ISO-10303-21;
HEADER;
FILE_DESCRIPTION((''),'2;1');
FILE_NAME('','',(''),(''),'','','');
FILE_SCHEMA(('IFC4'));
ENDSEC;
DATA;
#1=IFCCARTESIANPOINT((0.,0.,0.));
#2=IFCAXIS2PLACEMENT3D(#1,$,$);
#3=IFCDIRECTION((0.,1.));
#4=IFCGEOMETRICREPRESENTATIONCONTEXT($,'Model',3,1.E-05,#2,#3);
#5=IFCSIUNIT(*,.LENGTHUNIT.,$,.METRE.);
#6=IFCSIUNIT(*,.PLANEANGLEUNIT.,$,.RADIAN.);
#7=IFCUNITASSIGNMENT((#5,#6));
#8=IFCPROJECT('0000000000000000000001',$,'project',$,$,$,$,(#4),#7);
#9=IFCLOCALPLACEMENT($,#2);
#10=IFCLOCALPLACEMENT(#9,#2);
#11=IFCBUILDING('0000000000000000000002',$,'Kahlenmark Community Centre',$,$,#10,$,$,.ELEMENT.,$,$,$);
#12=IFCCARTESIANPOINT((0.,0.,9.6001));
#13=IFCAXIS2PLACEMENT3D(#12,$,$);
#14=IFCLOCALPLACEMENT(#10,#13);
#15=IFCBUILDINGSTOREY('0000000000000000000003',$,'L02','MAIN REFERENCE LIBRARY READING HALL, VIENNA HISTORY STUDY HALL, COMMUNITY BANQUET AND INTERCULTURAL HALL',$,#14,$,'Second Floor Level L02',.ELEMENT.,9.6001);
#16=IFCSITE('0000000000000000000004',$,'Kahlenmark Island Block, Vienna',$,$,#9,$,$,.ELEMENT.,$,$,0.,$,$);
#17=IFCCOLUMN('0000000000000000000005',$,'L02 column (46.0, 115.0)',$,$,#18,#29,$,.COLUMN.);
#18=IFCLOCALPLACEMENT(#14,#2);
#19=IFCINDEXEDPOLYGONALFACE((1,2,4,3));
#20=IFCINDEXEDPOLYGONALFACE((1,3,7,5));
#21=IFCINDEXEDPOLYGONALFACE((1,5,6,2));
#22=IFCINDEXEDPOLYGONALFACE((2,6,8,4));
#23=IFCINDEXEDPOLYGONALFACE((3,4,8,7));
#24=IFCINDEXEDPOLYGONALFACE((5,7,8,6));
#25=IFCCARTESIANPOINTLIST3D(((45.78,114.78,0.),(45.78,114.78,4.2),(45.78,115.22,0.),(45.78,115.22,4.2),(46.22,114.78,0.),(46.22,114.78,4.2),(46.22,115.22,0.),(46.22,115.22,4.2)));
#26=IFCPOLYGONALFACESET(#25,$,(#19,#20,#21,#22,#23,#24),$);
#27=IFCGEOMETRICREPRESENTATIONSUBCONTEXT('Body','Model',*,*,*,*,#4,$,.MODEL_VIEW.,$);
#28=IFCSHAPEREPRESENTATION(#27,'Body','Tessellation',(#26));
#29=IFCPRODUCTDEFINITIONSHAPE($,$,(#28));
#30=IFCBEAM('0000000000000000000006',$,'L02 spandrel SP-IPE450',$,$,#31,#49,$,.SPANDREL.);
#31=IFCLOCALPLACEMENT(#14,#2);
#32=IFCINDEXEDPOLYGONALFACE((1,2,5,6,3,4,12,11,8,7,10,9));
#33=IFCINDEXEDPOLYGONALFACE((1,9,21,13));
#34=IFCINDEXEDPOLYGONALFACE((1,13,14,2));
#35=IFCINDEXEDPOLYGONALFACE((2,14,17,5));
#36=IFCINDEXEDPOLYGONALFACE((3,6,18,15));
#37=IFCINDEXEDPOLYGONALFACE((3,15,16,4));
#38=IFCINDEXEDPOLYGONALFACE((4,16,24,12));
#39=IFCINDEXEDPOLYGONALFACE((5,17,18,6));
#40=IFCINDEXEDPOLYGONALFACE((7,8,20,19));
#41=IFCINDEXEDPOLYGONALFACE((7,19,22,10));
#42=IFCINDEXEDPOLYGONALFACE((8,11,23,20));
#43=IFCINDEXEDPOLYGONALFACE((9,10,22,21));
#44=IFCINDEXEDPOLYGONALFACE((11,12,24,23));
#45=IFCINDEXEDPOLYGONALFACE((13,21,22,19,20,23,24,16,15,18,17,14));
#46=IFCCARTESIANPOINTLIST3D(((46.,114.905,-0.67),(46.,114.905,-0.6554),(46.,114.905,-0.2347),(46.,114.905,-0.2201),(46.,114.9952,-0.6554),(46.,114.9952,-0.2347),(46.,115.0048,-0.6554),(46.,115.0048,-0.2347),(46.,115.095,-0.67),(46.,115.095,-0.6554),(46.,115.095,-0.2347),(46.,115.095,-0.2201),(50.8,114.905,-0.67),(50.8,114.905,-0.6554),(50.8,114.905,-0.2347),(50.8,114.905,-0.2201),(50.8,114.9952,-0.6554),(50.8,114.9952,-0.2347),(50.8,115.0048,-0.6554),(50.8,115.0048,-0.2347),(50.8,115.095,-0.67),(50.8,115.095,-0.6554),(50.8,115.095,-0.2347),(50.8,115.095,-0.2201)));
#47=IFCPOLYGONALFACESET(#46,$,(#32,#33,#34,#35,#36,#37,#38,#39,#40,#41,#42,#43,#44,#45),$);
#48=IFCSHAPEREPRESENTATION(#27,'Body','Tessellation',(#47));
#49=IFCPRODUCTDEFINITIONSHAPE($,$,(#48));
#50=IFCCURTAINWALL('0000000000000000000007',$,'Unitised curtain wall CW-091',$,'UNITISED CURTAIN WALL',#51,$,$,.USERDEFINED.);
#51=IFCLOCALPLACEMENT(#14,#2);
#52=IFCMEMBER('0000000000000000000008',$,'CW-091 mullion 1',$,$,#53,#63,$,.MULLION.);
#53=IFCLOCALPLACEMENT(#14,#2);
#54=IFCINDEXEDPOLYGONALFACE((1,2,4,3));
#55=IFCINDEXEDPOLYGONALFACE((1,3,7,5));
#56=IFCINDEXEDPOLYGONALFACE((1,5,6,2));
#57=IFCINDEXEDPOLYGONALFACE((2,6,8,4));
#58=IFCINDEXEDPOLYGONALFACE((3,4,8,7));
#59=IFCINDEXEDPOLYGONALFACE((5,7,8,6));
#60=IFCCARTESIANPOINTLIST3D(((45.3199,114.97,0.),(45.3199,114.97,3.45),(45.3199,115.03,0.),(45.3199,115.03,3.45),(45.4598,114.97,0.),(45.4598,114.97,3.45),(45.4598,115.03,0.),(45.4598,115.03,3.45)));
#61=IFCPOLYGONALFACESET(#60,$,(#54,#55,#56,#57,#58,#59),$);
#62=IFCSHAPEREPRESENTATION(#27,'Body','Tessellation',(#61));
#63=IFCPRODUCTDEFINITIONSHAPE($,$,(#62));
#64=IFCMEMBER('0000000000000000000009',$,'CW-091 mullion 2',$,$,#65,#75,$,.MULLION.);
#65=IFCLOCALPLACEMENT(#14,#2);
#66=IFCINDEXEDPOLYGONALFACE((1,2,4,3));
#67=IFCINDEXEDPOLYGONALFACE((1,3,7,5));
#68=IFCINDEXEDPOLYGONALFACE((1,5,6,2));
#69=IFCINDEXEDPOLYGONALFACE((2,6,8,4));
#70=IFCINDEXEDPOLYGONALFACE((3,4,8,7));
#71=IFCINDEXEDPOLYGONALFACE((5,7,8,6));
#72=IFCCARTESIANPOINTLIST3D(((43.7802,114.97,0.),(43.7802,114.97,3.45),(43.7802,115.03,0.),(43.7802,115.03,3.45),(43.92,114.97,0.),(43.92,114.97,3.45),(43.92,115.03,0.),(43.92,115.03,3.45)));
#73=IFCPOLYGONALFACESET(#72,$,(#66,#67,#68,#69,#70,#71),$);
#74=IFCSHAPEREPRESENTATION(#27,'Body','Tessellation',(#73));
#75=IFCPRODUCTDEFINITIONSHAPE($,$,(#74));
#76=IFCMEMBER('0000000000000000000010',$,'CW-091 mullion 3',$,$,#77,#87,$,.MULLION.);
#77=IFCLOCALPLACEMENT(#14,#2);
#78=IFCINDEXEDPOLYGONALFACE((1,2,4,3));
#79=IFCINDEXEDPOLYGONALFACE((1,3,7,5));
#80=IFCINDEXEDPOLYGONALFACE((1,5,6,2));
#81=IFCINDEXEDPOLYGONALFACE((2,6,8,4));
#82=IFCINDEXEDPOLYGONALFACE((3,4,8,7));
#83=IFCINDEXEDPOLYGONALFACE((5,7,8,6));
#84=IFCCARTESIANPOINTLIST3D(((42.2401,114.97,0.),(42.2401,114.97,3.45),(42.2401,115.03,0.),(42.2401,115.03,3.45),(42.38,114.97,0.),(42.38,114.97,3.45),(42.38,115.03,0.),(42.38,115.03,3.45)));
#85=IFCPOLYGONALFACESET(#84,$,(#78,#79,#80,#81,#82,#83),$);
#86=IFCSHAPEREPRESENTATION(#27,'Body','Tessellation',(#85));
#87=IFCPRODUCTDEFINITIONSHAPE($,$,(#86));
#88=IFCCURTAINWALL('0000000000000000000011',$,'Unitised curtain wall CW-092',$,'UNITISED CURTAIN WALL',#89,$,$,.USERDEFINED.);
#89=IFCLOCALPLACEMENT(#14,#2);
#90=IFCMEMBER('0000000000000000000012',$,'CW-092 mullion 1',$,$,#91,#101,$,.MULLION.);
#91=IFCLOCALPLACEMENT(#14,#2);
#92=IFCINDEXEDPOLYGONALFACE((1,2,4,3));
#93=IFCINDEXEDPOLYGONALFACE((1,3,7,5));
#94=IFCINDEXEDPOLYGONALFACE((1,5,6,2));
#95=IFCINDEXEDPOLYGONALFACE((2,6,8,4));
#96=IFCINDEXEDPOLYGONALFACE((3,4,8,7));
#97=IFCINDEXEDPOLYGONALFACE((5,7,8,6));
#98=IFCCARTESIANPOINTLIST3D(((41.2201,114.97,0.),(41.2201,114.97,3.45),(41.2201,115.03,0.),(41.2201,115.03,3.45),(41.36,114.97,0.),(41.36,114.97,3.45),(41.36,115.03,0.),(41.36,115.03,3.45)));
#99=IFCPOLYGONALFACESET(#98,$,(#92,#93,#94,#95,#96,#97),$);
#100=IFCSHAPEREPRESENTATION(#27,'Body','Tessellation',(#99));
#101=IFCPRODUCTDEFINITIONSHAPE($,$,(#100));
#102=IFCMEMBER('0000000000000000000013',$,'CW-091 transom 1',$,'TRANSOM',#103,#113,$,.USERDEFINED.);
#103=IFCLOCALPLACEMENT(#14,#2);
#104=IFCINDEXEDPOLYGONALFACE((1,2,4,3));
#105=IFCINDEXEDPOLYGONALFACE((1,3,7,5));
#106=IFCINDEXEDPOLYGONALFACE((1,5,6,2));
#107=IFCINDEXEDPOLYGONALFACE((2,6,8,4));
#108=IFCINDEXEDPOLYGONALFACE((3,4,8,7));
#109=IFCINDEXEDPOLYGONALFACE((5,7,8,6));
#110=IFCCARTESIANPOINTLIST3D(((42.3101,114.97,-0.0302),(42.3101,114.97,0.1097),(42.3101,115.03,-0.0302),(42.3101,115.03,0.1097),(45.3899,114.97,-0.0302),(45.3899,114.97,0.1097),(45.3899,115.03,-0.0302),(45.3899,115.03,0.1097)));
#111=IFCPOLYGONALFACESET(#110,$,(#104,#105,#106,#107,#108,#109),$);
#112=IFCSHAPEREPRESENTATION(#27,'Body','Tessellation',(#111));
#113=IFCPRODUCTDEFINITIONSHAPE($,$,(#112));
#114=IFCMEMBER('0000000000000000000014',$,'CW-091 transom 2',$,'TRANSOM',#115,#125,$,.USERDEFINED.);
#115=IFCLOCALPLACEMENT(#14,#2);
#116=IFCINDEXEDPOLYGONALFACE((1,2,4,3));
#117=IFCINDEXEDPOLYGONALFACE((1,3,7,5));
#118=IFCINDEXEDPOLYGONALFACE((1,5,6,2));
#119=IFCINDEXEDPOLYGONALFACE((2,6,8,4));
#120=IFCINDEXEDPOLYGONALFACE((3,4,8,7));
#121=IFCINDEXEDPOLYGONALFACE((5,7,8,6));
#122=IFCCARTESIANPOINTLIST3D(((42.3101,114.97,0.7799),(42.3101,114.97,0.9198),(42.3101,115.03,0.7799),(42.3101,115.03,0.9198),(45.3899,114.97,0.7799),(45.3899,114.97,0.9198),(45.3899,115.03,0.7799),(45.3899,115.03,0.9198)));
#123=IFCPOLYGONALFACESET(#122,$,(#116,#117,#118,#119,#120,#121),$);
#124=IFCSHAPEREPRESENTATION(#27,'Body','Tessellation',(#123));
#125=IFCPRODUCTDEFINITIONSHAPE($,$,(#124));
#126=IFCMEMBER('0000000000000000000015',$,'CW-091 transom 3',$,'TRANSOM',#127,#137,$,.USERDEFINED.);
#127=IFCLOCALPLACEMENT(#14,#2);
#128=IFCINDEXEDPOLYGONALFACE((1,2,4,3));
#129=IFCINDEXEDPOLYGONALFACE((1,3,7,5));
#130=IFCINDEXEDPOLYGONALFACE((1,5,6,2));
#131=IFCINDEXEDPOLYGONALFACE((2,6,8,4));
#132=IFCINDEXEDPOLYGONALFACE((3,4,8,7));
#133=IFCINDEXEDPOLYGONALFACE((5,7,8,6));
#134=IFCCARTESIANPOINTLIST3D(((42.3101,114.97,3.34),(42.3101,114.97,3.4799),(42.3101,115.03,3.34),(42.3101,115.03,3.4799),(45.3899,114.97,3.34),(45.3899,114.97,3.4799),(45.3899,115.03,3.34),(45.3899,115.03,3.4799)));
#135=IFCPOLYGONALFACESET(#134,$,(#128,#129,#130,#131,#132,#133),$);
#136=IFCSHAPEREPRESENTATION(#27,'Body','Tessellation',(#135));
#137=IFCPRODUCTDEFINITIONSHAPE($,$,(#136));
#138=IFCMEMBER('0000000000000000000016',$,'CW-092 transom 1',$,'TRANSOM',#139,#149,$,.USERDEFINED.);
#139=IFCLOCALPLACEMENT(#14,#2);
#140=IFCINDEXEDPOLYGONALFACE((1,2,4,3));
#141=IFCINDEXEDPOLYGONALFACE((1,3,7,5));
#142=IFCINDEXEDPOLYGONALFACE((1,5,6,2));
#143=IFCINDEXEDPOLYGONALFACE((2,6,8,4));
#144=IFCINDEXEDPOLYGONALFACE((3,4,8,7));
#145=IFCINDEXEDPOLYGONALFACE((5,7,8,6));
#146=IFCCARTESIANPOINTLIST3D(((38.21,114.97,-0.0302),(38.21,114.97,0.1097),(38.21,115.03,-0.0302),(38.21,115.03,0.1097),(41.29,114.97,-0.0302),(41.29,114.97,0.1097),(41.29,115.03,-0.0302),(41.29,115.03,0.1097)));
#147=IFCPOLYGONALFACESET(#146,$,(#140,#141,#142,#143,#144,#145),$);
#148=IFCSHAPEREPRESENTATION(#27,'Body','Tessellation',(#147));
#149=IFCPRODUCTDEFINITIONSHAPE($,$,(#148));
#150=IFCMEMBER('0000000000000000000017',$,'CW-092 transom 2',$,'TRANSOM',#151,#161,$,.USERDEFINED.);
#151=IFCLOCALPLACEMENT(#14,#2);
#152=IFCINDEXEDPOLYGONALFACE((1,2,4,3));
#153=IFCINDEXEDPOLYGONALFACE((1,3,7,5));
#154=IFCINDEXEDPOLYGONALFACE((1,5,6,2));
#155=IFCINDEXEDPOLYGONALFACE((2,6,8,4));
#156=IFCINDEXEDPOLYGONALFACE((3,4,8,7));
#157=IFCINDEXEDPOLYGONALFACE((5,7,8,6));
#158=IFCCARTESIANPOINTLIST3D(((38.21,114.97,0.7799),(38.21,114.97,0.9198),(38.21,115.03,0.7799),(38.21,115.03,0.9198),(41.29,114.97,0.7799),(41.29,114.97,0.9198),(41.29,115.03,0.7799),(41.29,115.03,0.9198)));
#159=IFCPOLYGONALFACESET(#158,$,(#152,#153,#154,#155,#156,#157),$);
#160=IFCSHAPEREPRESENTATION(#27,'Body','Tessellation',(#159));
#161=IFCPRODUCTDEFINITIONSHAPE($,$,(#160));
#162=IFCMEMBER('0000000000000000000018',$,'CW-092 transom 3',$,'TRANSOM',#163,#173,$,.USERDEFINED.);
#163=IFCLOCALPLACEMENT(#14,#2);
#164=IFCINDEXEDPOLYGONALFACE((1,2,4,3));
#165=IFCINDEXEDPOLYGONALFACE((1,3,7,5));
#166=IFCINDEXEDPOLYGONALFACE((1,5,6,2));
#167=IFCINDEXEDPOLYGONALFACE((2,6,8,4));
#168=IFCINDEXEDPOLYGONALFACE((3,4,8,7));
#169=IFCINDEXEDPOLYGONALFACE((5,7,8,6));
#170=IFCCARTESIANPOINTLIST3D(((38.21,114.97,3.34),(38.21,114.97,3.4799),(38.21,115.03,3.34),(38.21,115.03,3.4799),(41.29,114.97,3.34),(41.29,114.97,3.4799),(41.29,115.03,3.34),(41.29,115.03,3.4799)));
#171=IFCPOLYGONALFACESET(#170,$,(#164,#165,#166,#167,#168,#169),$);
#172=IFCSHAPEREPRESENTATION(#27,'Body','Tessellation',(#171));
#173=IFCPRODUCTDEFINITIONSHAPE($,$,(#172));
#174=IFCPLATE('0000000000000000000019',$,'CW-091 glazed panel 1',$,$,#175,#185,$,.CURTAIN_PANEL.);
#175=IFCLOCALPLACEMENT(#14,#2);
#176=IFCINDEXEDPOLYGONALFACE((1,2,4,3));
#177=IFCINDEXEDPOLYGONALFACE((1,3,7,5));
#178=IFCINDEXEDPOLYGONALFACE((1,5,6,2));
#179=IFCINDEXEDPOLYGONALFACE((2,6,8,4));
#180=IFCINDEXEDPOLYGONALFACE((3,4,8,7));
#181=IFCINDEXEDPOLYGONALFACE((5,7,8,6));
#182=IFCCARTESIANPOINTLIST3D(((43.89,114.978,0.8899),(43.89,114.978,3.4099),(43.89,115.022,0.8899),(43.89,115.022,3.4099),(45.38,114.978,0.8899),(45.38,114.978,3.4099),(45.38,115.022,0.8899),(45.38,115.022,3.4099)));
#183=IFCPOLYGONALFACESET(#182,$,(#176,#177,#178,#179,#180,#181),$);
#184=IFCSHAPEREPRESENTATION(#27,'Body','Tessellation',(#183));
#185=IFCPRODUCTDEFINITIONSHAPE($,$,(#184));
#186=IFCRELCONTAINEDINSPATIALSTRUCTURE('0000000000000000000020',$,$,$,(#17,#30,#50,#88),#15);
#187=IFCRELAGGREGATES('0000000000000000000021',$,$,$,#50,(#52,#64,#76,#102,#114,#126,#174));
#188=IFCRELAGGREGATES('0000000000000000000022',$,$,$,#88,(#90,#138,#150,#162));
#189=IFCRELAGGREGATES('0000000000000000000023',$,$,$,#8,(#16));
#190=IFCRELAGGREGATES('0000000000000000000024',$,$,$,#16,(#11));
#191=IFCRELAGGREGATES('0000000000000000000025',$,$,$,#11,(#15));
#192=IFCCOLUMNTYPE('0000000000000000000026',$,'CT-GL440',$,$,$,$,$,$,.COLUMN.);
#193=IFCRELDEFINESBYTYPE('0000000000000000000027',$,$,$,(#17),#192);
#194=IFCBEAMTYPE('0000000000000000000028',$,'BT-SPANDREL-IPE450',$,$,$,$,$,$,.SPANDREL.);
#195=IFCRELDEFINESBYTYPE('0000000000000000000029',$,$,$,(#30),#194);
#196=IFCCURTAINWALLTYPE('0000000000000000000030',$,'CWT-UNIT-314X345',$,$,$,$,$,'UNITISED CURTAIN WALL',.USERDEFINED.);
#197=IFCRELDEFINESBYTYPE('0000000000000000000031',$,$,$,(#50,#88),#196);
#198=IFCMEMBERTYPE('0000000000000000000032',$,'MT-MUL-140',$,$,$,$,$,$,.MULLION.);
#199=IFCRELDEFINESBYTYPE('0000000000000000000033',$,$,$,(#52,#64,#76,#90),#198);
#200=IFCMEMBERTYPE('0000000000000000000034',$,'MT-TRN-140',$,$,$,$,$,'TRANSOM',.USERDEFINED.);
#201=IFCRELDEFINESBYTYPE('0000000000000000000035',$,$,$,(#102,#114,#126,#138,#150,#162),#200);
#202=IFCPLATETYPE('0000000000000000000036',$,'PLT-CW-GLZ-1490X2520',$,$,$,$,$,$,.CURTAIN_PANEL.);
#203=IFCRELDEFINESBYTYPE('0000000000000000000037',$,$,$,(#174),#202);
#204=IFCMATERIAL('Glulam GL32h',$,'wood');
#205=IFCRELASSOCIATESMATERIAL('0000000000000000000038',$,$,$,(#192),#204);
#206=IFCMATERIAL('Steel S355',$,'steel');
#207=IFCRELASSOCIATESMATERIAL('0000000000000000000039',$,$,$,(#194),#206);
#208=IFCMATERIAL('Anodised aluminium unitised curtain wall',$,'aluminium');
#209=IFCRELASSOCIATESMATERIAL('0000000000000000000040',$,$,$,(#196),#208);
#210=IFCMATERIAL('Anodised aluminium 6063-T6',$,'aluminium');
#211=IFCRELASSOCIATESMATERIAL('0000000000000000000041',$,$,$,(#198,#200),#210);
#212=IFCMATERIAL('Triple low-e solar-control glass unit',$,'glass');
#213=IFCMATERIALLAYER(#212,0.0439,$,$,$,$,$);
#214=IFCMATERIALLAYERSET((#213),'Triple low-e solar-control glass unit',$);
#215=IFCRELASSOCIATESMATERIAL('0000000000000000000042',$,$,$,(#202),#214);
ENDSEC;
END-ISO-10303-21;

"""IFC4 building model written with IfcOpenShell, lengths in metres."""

from ifc_helpers import new_model, si_unit, direction, frame, origin, origin_2d, place, context, subcontext, project, spatial, rectangle, i_section, extrude, material, layer, layer_set, material_profile, profile_set, type_object, element, aggregate, save


model = new_model("IFC4")

# Units and contexts
model_context = context("Model", 3, precision=1e-05, world=origin(), true_north=direction((0.0, 1.0)))
body_context = subcontext(model_context, "Body", "Model", "MODEL_VIEW")
ifc_project = project(units=[si_unit("LENGTHUNIT", "METRE"), si_unit("PLANEANGLEUNIT", "RADIAN")], contexts=[model_context])

# Site, building, storey
site_placement = place(None, origin())
site = spatial("IfcSite", under=ifc_project, at=site_placement, Name="Kahlenmark Island Block, Vienna", CompositionType="ELEMENT", RefElevation=0.0)
building_placement = place(site_placement, origin())
building = spatial("IfcBuilding", under=site, at=building_placement, Name="Kahlenmark Community Centre", CompositionType="ELEMENT")
storey_placement = place(building_placement, frame((0.0, 0.0, 9.6001)))
storey = spatial("IfcBuildingStorey", under=building, at=storey_placement, Name="L02", Description="MAIN REFERENCE LIBRARY READING HALL, VIENNA HISTORY STUDY HALL, COMMUNITY BANQUET AND INTERCULTURAL HALL", LongName="Second Floor Level L02", CompositionType="ELEMENT", Elevation=9.6001)

# Column
ifc_material_1 = material(Name="Glulam GL32h", Category="wood")
ifc_material_profile_1 = material_profile(ifc_material_1, rectangle(XDim=0.4399, YDim=0.4399, at=origin_2d()), Name="GL32h 440x440")
ifc_profile_set_1 = profile_set([ifc_material_profile_1], Name="Glulam GL32h")
column_type = type_object("IfcColumnType", Name="CT-GL440", PredefinedType="COLUMN", material=ifc_profile_set_1)
column_placement = place(storey_placement, frame((46.0, 115.0, 0.0), z_axis=(0.0, 0.0, 1.0), x_axis=(1.0, 0.0, 0.0)))
element("IfcColumn", 1, at=column_placement, inside=storey, type_object=column_type, Name="L02 column (46.0, 115.0)", PredefinedType="COLUMN", context=body_context, shape_type="SweptSolid", body=[
    extrude(rectangle(XDim=0.4399, YDim=0.4399, at=origin_2d()), origin(), (0.0, 0.0, 1.0), 4.2),
])

# Beam
ifc_material_2 = material(Name="Steel S355", Category="steel")
ifc_material_profile_2 = material_profile(ifc_material_2, i_section(OverallWidth=0.1899, OverallDepth=0.45, WebThickness=0.0095, FlangeThickness=0.0146, at=origin_2d()), Name="IPE 450")
ifc_profile_set_2 = profile_set([ifc_material_profile_2], Name="Steel S355")
beam_type = type_object("IfcBeamType", Name="BT-SPANDREL-IPE450", PredefinedType="SPANDREL", material=ifc_profile_set_2)
beam_placement = place(storey_placement, frame((46.0, 115.0, -0.4451), z_axis=(1.0, 0.0, 0.0), x_axis=(0.0, 1.0, 0.0)))
element("IfcBeam", 2, at=beam_placement, inside=storey, type_object=beam_type, Name="L02 spandrel SP-IPE450", PredefinedType="SPANDREL", context=body_context, shape_type="SweptSolid", body=[
    extrude(i_section(OverallWidth=0.1899, OverallDepth=0.45, WebThickness=0.0095, FlangeThickness=0.0146, at=origin_2d()), origin(), (0.0, 0.0, 1.0), 4.8),
])

# Curtain wall, members
ifc_material_3 = material(Name="Anodised aluminium unitised curtain wall", Category="aluminium")
curtain_wall_type = type_object("IfcCurtainWallType", Name="CWT-UNIT-314X345", ElementType="UNITISED CURTAIN WALL", PredefinedType="USERDEFINED", material=ifc_material_3)
curtain_wall_1_placement = place(storey_placement, origin())
curtain_wall_1 = element("IfcCurtainWall", 3, at=curtain_wall_1_placement, inside=storey, type_object=curtain_wall_type, Name="Unitised curtain wall CW-091", ObjectType="UNITISED CURTAIN WALL", PredefinedType="USERDEFINED")
ifc_material_4 = material(Name="Anodised aluminium 6063-T6", Category="aluminium")
ifc_material_profile_3 = material_profile(ifc_material_4, rectangle(XDim=0.0601, YDim=0.1399, at=origin_2d()), Name="ALU MULLION 60x140")
ifc_profile_set_3 = profile_set([ifc_material_profile_3], Name="Anodised aluminium 6063-T6")
member_type_1 = type_object("IfcMemberType", Name="MT-MUL-140", PredefinedType="MULLION", material=ifc_profile_set_3)
member_1_placement = place(storey_placement, frame((45.3899, 115.0, 0.0), z_axis=(0.0, 0.0, 1.0), x_axis=(0.0, -1.0, 0.0)))
member_1 = element("IfcMember", 4, at=member_1_placement, type_object=member_type_1, Name="CW-091 mullion 1", PredefinedType="MULLION", context=body_context, shape_type="SweptSolid", body=[
    extrude(rectangle(XDim=0.0601, YDim=0.1399, at=origin_2d()), origin(), (0.0, 0.0, 1.0), 3.45),
])
member_2_placement = place(storey_placement, frame((43.8501, 115.0, 0.0), z_axis=(0.0, 0.0, 1.0), x_axis=(0.0, -1.0, 0.0)))
member_2 = element("IfcMember", 5, at=member_2_placement, type_object=member_type_1, Name="CW-091 mullion 2", PredefinedType="MULLION", context=body_context, shape_type="SweptSolid", body=[
    extrude(rectangle(XDim=0.0601, YDim=0.1399, at=origin_2d()), origin(), (0.0, 0.0, 1.0), 3.45),
])
member_3_placement = place(storey_placement, frame((42.3101, 115.0, 0.0), z_axis=(0.0, 0.0, 1.0), x_axis=(0.0, -1.0, 0.0)))
member_3 = element("IfcMember", 6, at=member_3_placement, type_object=member_type_1, Name="CW-091 mullion 3", PredefinedType="MULLION", context=body_context, shape_type="SweptSolid", body=[
    extrude(rectangle(XDim=0.0601, YDim=0.1399, at=origin_2d()), origin(), (0.0, 0.0, 1.0), 3.45),
])

# Curtain wall, member
curtain_wall_2_placement = place(storey_placement, origin())
curtain_wall_2 = element("IfcCurtainWall", 7, at=curtain_wall_2_placement, inside=storey, type_object=curtain_wall_type, Name="Unitised curtain wall CW-092", ObjectType="UNITISED CURTAIN WALL", PredefinedType="USERDEFINED")
member_4_placement = place(storey_placement, frame((41.29, 115.0, 0.0), z_axis=(0.0, 0.0, 1.0), x_axis=(0.0, -1.0, 0.0)))
member_4 = element("IfcMember", 8, at=member_4_placement, type_object=member_type_1, Name="CW-092 mullion 1", PredefinedType="MULLION", context=body_context, shape_type="SweptSolid", body=[
    extrude(rectangle(XDim=0.0601, YDim=0.1399, at=origin_2d()), origin(), (0.0, 0.0, 1.0), 3.45),
])

# Members
ifc_material_profile_4 = material_profile(ifc_material_4, rectangle(XDim=0.0601, YDim=0.1399, at=origin_2d()), Name="ALU TRANSOM 60x140")
ifc_profile_set_4 = profile_set([ifc_material_profile_4], Name="Anodised aluminium 6063-T6")
member_type_2 = type_object("IfcMemberType", Name="MT-TRN-140", ElementType="TRANSOM", PredefinedType="USERDEFINED", material=ifc_profile_set_4)
member_5_placement = place(storey_placement, frame((45.3899, 115.0, 0.0398), z_axis=(-1.0, 0.0, 0.0), x_axis=(0.0, -1.0, 0.0)))
member_5 = element("IfcMember", 9, at=member_5_placement, type_object=member_type_2, Name="CW-091 transom 1", ObjectType="TRANSOM", PredefinedType="USERDEFINED", context=body_context, shape_type="SweptSolid", body=[
    extrude(rectangle(XDim=0.0601, YDim=0.1399, at=origin_2d()), origin(), (0.0, 0.0, 1.0), 3.0798),
])
member_6_placement = place(storey_placement, frame((45.3899, 115.0, 0.8499), z_axis=(-1.0, 0.0, 0.0), x_axis=(0.0, -1.0, 0.0)))
member_6 = element("IfcMember", 10, at=member_6_placement, type_object=member_type_2, Name="CW-091 transom 2", ObjectType="TRANSOM", PredefinedType="USERDEFINED", context=body_context, shape_type="SweptSolid", body=[
    extrude(rectangle(XDim=0.0601, YDim=0.1399, at=origin_2d()), origin(), (0.0, 0.0, 1.0), 3.0798),
])
member_7_placement = place(storey_placement, frame((45.3899, 115.0, 3.4099), z_axis=(-1.0, 0.0, 0.0), x_axis=(0.0, -1.0, 0.0)))
member_7 = element("IfcMember", 11, at=member_7_placement, type_object=member_type_2, Name="CW-091 transom 3", ObjectType="TRANSOM", PredefinedType="USERDEFINED", context=body_context, shape_type="SweptSolid", body=[
    extrude(rectangle(XDim=0.0601, YDim=0.1399, at=origin_2d()), origin(), (0.0, 0.0, 1.0), 3.0798),
])
member_8_placement = place(storey_placement, frame((41.29, 115.0, 0.0398), z_axis=(-1.0, 0.0, 0.0), x_axis=(0.0, -1.0, 0.0)))
member_8 = element("IfcMember", 12, at=member_8_placement, type_object=member_type_2, Name="CW-092 transom 1", ObjectType="TRANSOM", PredefinedType="USERDEFINED", context=body_context, shape_type="SweptSolid", body=[
    extrude(rectangle(XDim=0.0601, YDim=0.1399, at=origin_2d()), origin(), (0.0, 0.0, 1.0), 3.0801),
])
member_9_placement = place(storey_placement, frame((41.29, 115.0, 0.8499), z_axis=(-1.0, 0.0, 0.0), x_axis=(0.0, -1.0, 0.0)))
member_9 = element("IfcMember", 13, at=member_9_placement, type_object=member_type_2, Name="CW-092 transom 2", ObjectType="TRANSOM", PredefinedType="USERDEFINED", context=body_context, shape_type="SweptSolid", body=[
    extrude(rectangle(XDim=0.0601, YDim=0.1399, at=origin_2d()), origin(), (0.0, 0.0, 1.0), 3.0801),
])
member_10_placement = place(storey_placement, frame((41.29, 115.0, 3.4099), z_axis=(-1.0, 0.0, 0.0), x_axis=(0.0, -1.0, 0.0)))
member_10 = element("IfcMember", 14, at=member_10_placement, type_object=member_type_2, Name="CW-092 transom 3", ObjectType="TRANSOM", PredefinedType="USERDEFINED", context=body_context, shape_type="SweptSolid", body=[
    extrude(rectangle(XDim=0.0601, YDim=0.1399, at=origin_2d()), origin(), (0.0, 0.0, 1.0), 3.0801),
])

# Plate
ifc_material_5 = material(Name="Triple low-e solar-control glass unit", Category="glass")
ifc_layer_1 = layer(ifc_material_5, 0.0439)
ifc_layer_set_1 = layer_set([ifc_layer_1], Name="Triple low-e solar-control glass unit")
plate_type_1 = type_object("IfcPlateType", Name="PLT-CW-GLZ-1490X2520", PredefinedType="CURTAIN_PANEL", material=ifc_layer_set_1)
plate_1_placement = place(storey_placement, frame((44.635, 115.0, 0.8899), z_axis=(0.0, 0.0, 1.0), x_axis=(-1.0, 0.0, 0.0)))
plate_1 = element("IfcPlate", 15, at=plate_1_placement, type_object=plate_type_1, Name="CW-091 glazed panel 1", PredefinedType="CURTAIN_PANEL", context=body_context, shape_type="SweptSolid", body=[
    extrude(rectangle(XDim=1.49, YDim=0.0439, at=origin_2d()), origin(), (0.0, 0.0, 1.0), 2.52),
])
aggregate(curtain_wall_1, [member_1, member_2, member_3, member_5, member_6, member_7, plate_1])
aggregate(curtain_wall_2, [member_4, member_8, member_9, member_10])

save(model, "model.ifc")
